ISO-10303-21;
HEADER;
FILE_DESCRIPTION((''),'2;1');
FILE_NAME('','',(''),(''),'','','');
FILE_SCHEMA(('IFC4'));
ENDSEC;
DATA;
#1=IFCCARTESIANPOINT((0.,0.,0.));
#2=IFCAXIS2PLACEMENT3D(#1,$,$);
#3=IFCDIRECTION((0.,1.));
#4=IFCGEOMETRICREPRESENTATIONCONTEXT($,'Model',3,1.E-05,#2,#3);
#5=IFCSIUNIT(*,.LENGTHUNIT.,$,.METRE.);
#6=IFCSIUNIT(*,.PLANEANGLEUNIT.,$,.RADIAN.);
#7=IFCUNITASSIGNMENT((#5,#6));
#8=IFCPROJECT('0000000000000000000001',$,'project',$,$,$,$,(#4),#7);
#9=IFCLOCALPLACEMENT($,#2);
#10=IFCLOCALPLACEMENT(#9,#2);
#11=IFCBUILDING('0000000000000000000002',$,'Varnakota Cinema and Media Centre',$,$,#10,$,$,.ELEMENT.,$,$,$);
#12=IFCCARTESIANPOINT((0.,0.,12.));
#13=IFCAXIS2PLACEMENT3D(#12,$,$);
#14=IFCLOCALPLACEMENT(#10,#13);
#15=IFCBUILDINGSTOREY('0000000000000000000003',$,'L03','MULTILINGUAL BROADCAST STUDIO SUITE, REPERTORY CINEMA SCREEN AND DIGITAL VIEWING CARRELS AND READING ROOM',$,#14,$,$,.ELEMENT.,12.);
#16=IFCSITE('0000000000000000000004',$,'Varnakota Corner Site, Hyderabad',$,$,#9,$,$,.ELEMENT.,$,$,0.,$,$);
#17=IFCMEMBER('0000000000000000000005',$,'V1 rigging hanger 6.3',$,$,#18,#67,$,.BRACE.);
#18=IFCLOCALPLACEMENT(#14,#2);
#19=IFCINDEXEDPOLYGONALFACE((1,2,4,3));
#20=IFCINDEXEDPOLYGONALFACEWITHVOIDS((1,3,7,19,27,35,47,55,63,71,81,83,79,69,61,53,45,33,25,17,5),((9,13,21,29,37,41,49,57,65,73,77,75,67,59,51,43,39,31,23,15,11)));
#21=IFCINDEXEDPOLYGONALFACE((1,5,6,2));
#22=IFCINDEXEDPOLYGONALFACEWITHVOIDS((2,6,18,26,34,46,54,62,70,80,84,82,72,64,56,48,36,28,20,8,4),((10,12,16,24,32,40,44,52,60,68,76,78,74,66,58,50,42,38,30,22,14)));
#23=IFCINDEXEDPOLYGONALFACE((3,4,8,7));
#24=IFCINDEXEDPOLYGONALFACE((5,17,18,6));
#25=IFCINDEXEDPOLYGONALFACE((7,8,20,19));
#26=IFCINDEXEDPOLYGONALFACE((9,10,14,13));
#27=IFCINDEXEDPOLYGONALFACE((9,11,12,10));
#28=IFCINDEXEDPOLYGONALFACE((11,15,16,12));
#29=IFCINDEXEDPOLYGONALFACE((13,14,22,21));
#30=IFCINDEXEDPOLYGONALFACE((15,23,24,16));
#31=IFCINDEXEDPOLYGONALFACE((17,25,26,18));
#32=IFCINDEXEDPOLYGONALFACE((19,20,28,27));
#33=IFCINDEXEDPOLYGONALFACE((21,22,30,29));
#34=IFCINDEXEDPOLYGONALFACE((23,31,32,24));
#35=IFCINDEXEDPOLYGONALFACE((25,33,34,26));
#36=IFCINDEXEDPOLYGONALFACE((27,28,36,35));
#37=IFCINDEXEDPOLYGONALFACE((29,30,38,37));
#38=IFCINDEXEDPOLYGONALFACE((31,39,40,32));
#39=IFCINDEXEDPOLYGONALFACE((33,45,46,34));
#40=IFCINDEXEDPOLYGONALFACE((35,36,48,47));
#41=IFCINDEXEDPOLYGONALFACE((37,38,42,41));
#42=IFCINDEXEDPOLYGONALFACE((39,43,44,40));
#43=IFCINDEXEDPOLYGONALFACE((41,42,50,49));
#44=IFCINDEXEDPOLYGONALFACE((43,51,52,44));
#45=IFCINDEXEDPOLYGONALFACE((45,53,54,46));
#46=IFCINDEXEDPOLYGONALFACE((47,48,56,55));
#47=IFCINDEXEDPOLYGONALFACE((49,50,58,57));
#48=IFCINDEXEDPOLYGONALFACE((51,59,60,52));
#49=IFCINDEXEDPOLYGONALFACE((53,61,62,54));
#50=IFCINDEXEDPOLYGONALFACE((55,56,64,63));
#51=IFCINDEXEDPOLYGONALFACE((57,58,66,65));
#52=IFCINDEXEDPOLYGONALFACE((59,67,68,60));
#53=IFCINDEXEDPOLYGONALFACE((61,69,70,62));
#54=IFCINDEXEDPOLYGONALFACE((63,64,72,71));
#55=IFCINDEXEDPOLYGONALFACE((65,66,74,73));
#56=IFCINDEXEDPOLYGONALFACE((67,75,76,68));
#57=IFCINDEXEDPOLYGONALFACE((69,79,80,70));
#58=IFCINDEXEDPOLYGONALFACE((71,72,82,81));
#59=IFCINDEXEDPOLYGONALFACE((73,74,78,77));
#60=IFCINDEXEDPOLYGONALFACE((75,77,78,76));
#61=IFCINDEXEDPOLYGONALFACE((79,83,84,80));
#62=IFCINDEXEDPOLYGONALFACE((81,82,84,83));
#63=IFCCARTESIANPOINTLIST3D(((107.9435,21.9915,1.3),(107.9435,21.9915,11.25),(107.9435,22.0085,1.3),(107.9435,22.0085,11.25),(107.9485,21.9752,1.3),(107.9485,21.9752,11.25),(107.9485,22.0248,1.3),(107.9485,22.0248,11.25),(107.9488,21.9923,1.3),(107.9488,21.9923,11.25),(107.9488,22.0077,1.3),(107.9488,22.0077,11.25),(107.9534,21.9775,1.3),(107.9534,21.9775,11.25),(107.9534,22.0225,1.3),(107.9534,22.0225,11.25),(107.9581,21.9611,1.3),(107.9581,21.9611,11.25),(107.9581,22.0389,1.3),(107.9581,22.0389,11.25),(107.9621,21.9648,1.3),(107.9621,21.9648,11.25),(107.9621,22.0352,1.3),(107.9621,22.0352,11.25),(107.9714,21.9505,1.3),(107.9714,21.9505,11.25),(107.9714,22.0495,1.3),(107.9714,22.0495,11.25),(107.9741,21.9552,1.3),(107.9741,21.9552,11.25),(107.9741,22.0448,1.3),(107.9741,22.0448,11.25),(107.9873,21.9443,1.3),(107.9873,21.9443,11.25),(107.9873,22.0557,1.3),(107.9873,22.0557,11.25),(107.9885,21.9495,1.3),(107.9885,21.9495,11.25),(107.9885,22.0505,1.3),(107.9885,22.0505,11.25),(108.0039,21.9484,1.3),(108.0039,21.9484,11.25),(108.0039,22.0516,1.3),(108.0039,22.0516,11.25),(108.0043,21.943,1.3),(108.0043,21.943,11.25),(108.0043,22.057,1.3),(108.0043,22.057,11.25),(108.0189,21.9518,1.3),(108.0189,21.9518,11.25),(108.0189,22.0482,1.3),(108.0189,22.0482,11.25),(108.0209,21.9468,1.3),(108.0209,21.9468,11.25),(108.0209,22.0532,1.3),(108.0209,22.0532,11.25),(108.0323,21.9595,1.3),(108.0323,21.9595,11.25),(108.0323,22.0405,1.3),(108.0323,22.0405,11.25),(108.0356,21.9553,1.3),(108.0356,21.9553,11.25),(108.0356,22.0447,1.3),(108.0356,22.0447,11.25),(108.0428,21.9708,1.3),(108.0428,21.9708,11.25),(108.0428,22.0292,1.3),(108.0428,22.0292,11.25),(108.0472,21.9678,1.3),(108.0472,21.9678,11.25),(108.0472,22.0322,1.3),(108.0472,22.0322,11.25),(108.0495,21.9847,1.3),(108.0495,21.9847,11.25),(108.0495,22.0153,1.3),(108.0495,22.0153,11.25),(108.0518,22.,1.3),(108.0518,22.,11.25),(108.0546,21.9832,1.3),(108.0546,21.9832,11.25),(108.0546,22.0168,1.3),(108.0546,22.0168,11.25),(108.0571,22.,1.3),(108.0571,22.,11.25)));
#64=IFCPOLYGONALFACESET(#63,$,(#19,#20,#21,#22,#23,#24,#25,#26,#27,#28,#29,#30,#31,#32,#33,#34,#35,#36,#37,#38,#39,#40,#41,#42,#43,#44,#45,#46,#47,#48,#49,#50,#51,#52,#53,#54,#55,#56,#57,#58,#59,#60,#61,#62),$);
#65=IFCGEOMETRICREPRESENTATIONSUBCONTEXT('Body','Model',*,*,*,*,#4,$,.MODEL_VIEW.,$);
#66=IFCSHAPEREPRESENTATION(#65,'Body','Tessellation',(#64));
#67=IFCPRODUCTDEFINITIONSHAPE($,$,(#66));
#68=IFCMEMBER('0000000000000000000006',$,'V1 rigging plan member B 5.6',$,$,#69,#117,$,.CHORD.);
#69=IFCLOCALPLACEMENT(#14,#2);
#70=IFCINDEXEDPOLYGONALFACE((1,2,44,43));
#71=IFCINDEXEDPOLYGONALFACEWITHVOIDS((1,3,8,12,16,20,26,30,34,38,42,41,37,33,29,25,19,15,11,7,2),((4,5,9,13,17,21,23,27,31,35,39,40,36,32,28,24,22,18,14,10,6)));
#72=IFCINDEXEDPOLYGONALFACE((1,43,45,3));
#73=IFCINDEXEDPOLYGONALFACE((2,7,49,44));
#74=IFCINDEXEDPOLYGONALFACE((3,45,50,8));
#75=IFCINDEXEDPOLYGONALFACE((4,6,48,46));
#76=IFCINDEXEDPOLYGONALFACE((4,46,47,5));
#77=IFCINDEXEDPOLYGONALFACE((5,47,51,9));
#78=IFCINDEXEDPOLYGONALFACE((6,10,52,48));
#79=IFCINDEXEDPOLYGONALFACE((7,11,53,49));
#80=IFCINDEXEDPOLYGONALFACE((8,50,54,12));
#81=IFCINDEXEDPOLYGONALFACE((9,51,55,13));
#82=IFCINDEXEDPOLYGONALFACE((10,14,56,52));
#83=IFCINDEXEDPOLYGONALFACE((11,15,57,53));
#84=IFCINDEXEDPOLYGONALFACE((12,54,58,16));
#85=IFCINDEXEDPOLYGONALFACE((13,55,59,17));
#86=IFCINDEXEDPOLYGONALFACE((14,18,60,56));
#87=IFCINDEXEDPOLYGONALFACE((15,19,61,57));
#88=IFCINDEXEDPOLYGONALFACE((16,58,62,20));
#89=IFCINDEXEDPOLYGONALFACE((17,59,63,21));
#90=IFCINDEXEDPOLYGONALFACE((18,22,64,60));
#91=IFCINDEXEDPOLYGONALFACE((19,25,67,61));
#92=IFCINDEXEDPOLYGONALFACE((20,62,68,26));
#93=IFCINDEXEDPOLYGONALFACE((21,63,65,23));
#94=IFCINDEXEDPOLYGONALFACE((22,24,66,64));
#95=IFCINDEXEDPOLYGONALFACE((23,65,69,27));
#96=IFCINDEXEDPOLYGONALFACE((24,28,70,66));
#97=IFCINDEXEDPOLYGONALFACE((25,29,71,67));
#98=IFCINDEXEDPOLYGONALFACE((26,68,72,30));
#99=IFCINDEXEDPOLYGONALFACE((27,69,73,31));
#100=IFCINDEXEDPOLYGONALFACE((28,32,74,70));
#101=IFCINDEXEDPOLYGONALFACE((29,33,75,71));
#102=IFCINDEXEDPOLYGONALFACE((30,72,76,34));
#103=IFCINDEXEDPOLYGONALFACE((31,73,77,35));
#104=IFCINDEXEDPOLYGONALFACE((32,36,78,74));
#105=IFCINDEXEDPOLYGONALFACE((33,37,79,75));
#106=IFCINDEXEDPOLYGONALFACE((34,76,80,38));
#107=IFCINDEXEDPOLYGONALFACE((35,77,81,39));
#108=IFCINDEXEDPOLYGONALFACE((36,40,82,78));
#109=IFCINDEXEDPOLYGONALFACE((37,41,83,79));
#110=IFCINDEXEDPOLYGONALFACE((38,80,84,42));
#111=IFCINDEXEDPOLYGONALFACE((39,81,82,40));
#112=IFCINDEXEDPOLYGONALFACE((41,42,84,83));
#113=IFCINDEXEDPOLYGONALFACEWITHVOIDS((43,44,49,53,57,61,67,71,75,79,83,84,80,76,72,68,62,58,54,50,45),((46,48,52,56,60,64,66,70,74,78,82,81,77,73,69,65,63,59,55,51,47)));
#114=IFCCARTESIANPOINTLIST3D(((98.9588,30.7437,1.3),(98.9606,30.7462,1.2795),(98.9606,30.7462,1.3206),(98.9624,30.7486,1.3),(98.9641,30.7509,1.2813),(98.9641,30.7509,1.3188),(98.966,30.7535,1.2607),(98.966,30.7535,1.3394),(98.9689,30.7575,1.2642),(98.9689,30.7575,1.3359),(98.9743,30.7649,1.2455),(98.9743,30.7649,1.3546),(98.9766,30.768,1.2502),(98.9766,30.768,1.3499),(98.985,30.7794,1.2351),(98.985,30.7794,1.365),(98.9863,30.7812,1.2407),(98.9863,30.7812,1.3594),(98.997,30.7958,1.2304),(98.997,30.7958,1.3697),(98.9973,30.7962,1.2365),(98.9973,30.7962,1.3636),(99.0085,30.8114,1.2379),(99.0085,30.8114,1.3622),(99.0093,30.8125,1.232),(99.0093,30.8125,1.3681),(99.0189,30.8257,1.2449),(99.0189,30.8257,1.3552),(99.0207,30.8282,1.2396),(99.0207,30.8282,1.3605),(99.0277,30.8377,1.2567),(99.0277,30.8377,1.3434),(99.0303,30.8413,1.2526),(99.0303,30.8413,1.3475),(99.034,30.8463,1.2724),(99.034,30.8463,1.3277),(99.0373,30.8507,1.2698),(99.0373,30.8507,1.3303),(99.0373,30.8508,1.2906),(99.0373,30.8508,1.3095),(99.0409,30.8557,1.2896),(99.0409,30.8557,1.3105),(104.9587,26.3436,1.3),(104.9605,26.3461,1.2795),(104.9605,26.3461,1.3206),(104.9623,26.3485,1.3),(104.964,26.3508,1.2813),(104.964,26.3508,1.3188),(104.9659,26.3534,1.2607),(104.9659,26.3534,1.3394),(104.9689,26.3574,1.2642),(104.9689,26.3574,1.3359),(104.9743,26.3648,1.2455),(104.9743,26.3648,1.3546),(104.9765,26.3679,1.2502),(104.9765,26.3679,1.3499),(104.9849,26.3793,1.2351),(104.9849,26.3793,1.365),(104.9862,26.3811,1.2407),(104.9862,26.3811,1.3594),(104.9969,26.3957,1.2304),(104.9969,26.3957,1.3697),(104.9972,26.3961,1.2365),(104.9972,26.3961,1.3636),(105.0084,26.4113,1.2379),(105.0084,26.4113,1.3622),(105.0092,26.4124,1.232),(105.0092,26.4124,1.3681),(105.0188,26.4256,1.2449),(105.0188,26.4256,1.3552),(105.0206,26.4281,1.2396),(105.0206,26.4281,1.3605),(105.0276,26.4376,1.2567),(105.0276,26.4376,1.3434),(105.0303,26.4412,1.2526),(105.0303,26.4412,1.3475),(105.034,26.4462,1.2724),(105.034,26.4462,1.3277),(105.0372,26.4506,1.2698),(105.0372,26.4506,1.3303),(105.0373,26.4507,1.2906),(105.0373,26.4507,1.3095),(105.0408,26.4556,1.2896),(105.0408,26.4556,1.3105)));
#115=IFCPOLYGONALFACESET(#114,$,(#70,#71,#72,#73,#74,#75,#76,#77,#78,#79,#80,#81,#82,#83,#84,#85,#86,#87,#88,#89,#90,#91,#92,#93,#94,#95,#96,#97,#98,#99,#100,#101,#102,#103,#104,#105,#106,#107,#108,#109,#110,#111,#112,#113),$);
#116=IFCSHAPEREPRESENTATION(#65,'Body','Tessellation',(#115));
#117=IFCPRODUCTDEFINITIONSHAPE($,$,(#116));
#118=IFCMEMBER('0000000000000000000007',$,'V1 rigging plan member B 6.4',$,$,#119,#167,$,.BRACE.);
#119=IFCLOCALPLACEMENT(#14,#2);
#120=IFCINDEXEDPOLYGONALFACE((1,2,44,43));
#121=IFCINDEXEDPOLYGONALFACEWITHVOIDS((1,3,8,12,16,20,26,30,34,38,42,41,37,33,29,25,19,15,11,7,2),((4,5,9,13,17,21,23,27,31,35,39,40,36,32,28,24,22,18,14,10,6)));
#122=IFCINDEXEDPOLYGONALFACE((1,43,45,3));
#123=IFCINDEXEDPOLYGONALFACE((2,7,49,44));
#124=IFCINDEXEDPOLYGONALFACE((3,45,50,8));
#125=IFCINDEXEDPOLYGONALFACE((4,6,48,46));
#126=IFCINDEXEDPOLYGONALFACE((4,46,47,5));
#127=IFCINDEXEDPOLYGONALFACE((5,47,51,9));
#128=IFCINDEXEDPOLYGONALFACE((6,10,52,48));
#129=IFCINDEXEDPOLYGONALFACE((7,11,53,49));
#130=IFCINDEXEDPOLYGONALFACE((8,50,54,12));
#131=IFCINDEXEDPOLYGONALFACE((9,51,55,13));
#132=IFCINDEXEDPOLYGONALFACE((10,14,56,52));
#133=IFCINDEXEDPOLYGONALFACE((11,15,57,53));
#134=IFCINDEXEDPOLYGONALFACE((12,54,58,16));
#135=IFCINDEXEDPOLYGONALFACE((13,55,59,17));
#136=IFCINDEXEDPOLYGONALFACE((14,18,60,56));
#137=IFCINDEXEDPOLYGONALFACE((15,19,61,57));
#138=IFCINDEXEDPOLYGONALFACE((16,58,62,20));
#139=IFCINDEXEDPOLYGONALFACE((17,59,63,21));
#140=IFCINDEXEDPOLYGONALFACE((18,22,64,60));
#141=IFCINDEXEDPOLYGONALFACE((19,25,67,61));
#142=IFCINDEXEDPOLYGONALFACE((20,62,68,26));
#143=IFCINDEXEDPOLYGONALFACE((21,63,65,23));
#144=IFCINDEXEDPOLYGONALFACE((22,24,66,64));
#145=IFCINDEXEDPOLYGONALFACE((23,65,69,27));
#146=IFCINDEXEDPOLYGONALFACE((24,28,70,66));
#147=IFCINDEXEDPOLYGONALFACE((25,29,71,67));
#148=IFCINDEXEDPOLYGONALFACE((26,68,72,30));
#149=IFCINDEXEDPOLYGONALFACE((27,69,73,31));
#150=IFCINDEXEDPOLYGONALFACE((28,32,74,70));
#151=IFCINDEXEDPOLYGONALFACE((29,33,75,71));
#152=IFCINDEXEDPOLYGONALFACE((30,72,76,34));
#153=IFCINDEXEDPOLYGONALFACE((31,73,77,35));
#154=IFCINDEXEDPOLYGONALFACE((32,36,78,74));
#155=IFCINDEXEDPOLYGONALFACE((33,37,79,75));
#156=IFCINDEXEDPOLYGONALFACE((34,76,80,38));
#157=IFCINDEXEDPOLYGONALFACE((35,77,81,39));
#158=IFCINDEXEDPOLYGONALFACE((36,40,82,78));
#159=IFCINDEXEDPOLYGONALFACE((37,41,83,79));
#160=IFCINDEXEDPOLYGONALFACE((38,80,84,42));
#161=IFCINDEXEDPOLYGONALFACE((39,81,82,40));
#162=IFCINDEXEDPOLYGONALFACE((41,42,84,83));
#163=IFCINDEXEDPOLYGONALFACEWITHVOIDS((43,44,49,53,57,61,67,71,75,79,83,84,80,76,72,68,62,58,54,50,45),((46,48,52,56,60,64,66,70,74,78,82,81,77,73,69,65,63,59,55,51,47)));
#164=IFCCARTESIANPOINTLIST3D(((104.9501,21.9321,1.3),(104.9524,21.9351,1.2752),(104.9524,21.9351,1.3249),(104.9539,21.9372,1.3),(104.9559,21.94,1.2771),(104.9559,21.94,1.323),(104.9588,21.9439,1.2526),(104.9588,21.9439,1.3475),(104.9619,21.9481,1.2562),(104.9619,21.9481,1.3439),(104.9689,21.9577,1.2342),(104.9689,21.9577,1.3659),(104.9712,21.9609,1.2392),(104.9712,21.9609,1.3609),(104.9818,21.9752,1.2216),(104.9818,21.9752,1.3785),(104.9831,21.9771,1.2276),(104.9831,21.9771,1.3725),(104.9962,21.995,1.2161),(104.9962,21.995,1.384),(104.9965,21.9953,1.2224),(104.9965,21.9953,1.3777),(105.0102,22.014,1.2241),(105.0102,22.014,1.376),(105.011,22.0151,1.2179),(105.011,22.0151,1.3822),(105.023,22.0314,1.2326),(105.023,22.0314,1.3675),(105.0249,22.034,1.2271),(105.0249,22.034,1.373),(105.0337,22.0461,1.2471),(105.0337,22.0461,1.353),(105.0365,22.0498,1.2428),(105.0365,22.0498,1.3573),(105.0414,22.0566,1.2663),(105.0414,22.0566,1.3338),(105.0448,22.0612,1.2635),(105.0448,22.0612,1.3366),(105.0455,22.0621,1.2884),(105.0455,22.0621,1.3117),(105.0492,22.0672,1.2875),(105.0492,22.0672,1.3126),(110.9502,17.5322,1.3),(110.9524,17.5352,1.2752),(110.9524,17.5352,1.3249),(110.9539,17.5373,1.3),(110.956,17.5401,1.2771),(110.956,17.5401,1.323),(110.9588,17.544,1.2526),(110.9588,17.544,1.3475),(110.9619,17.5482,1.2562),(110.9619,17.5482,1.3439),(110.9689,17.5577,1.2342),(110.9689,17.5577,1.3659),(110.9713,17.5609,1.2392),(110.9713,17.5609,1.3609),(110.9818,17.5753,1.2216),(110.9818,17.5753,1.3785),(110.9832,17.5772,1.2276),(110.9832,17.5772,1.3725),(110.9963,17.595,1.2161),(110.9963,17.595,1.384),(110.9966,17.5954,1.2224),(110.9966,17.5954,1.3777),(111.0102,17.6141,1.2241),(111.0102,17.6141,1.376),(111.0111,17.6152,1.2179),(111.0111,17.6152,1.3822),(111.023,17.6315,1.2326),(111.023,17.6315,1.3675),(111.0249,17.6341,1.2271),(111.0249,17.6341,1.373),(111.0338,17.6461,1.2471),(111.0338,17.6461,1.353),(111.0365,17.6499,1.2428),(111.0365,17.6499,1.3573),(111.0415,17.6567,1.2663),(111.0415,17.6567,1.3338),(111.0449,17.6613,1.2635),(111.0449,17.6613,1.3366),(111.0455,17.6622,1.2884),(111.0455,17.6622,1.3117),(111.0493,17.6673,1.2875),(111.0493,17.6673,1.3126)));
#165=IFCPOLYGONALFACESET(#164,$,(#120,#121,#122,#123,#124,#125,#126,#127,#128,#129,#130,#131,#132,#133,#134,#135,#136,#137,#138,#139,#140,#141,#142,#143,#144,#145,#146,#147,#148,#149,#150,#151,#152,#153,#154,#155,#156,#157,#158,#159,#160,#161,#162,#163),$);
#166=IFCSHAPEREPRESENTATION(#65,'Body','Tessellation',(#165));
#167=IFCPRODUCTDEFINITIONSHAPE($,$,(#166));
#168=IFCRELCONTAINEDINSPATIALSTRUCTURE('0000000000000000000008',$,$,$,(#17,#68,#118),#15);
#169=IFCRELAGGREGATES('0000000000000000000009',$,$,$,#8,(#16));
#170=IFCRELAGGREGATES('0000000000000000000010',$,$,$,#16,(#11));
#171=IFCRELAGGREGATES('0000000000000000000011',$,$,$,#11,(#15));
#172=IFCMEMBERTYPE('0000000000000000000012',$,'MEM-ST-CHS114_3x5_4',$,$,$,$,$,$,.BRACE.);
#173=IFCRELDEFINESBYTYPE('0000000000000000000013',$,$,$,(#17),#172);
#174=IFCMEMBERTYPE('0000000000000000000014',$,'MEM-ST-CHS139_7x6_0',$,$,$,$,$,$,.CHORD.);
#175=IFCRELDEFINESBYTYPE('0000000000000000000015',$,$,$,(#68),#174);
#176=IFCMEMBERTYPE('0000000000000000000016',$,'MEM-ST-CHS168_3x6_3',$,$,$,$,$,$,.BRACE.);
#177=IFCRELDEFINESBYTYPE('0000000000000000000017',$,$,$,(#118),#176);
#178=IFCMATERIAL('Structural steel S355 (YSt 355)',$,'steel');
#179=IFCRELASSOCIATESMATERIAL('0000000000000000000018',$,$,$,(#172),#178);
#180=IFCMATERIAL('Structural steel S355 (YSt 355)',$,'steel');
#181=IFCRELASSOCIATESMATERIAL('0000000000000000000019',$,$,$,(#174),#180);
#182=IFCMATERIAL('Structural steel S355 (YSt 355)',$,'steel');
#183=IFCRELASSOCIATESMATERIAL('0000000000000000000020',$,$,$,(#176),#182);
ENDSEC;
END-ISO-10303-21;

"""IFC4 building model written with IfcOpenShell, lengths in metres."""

from ifc_helpers import new_model, si_unit, direction, frame, origin, origin_2d, place, context, subcontext, project, spatial, hollow_circle, extrude, material, material_profile, profile_set, type_object, element, save


model = new_model("IFC4")

# Units and contexts
model_context = context("Model", 3, precision=1e-05, world=origin(), true_north=direction((0.0, 1.0)))
body_context = subcontext(model_context, "Body", "Model", "MODEL_VIEW")
ifc_project = project(units=[si_unit("LENGTHUNIT", "METRE"), si_unit("PLANEANGLEUNIT", "RADIAN")], contexts=[model_context])

# Site, building, storey
site_placement = place(None, origin())
site = spatial("IfcSite", under=ifc_project, at=site_placement, Name="Varnakota Corner Site, Hyderabad", CompositionType="ELEMENT", RefElevation=0.0)
building_placement = place(site_placement, origin())
building = spatial("IfcBuilding", under=site, at=building_placement, Name="Varnakota Cinema and Media Centre", CompositionType="ELEMENT")
storey_placement = place(building_placement, frame((0.0, 0.0, 12.0)))
storey = spatial("IfcBuildingStorey", under=building, at=storey_placement, Name="L03", Description="MULTILINGUAL BROADCAST STUDIO SUITE, REPERTORY CINEMA SCREEN AND DIGITAL VIEWING CARRELS AND READING ROOM", CompositionType="ELEMENT", Elevation=12.0)

# Members
ifc_material_1 = material(Name="Structural steel S355 (YSt 355)", Category="steel")
ifc_material_profile_1 = material_profile(ifc_material_1, hollow_circle(Radius=0.0571, WallThickness=0.0054, at=origin_2d()), Name="CHS 114.3x5.4")
ifc_profile_set_1 = profile_set([ifc_material_profile_1], Name="Structural steel S355 (YSt 355)")
member_type_1 = type_object("IfcMemberType", Name="MEM-ST-CHS114_3x5_4", PredefinedType="BRACE", material=ifc_profile_set_1)
for number, where, z_axis, x_axis, name in (
    (1, (108.0, 22.0, 1.3), (0.0, 0.0, 1.0), (1.0, 0.0, 0.0), "V1 rigging hanger 6.3"),
):
    element("IfcMember", number, at=place(storey_placement, frame(where, z_axis=z_axis, x_axis=x_axis)), inside=storey, type_object=member_type_1, Name=name, PredefinedType="BRACE", context=body_context, shape_type="SweptSolid", body=[
        extrude(hollow_circle(Radius=0.0571, WallThickness=0.0054, at=origin_2d()), origin(), (0.0, 0.0, 1.0), 9.95),
    ])
ifc_material_2 = material(Name="Structural steel S355 (YSt 355)", Category="steel")
ifc_material_profile_2 = material_profile(ifc_material_2, hollow_circle(Radius=0.0698, WallThickness=0.0061, at=origin_2d()), Name="CHS 139.7x6.0")
ifc_profile_set_2 = profile_set([ifc_material_profile_2], Name="Structural steel S355 (YSt 355)")
member_type_2 = type_object("IfcMemberType", Name="MEM-ST-CHS139_7x6_0", PredefinedType="CHORD", material=ifc_profile_set_2)
member_1_placement = place(storey_placement, frame((105.0, 26.3999, 1.3), z_axis=(-0.806396, 0.591376, 0.0), x_axis=(-0.591376, -0.806396, 0.0)))
element("IfcMember", 2, at=member_1_placement, inside=storey, type_object=member_type_2, Name="V1 rigging plan member B 5.6", PredefinedType="CHORD", context=body_context, shape_type="SweptSolid", body=[
    extrude(hollow_circle(Radius=0.0698, WallThickness=0.0061, at=origin_2d()), origin(), (0.0, 0.0, 1.0), 7.4404),
])
ifc_material_3 = material(Name="Structural steel S355 (YSt 355)", Category="steel")
ifc_material_profile_3 = material_profile(ifc_material_3, hollow_circle(Radius=0.0842, WallThickness=0.0063, at=origin_2d()), Name="CHS 168.3x6.3")
ifc_profile_set_3 = profile_set([ifc_material_profile_3], Name="Structural steel S355 (YSt 355)")
member_type_3 = type_object("IfcMemberType", Name="MEM-ST-CHS168_3x6_3", PredefinedType="BRACE", material=ifc_profile_set_3)
member_2_placement = place(storey_placement, frame((111.0, 17.6001, 1.3), z_axis=(-0.806411, 0.591355, 0.0), x_axis=(-0.591355, -0.806411, 0.0)))
element("IfcMember", 3, at=member_2_placement, inside=storey, type_object=member_type_3, Name="V1 rigging plan member B 6.4", PredefinedType="BRACE", context=body_context, shape_type="SweptSolid", body=[
    extrude(hollow_circle(Radius=0.0842, WallThickness=0.0063, at=origin_2d()), origin(), (0.0, 0.0, 1.0), 7.4404),
])

save(model, "model.ifc")
